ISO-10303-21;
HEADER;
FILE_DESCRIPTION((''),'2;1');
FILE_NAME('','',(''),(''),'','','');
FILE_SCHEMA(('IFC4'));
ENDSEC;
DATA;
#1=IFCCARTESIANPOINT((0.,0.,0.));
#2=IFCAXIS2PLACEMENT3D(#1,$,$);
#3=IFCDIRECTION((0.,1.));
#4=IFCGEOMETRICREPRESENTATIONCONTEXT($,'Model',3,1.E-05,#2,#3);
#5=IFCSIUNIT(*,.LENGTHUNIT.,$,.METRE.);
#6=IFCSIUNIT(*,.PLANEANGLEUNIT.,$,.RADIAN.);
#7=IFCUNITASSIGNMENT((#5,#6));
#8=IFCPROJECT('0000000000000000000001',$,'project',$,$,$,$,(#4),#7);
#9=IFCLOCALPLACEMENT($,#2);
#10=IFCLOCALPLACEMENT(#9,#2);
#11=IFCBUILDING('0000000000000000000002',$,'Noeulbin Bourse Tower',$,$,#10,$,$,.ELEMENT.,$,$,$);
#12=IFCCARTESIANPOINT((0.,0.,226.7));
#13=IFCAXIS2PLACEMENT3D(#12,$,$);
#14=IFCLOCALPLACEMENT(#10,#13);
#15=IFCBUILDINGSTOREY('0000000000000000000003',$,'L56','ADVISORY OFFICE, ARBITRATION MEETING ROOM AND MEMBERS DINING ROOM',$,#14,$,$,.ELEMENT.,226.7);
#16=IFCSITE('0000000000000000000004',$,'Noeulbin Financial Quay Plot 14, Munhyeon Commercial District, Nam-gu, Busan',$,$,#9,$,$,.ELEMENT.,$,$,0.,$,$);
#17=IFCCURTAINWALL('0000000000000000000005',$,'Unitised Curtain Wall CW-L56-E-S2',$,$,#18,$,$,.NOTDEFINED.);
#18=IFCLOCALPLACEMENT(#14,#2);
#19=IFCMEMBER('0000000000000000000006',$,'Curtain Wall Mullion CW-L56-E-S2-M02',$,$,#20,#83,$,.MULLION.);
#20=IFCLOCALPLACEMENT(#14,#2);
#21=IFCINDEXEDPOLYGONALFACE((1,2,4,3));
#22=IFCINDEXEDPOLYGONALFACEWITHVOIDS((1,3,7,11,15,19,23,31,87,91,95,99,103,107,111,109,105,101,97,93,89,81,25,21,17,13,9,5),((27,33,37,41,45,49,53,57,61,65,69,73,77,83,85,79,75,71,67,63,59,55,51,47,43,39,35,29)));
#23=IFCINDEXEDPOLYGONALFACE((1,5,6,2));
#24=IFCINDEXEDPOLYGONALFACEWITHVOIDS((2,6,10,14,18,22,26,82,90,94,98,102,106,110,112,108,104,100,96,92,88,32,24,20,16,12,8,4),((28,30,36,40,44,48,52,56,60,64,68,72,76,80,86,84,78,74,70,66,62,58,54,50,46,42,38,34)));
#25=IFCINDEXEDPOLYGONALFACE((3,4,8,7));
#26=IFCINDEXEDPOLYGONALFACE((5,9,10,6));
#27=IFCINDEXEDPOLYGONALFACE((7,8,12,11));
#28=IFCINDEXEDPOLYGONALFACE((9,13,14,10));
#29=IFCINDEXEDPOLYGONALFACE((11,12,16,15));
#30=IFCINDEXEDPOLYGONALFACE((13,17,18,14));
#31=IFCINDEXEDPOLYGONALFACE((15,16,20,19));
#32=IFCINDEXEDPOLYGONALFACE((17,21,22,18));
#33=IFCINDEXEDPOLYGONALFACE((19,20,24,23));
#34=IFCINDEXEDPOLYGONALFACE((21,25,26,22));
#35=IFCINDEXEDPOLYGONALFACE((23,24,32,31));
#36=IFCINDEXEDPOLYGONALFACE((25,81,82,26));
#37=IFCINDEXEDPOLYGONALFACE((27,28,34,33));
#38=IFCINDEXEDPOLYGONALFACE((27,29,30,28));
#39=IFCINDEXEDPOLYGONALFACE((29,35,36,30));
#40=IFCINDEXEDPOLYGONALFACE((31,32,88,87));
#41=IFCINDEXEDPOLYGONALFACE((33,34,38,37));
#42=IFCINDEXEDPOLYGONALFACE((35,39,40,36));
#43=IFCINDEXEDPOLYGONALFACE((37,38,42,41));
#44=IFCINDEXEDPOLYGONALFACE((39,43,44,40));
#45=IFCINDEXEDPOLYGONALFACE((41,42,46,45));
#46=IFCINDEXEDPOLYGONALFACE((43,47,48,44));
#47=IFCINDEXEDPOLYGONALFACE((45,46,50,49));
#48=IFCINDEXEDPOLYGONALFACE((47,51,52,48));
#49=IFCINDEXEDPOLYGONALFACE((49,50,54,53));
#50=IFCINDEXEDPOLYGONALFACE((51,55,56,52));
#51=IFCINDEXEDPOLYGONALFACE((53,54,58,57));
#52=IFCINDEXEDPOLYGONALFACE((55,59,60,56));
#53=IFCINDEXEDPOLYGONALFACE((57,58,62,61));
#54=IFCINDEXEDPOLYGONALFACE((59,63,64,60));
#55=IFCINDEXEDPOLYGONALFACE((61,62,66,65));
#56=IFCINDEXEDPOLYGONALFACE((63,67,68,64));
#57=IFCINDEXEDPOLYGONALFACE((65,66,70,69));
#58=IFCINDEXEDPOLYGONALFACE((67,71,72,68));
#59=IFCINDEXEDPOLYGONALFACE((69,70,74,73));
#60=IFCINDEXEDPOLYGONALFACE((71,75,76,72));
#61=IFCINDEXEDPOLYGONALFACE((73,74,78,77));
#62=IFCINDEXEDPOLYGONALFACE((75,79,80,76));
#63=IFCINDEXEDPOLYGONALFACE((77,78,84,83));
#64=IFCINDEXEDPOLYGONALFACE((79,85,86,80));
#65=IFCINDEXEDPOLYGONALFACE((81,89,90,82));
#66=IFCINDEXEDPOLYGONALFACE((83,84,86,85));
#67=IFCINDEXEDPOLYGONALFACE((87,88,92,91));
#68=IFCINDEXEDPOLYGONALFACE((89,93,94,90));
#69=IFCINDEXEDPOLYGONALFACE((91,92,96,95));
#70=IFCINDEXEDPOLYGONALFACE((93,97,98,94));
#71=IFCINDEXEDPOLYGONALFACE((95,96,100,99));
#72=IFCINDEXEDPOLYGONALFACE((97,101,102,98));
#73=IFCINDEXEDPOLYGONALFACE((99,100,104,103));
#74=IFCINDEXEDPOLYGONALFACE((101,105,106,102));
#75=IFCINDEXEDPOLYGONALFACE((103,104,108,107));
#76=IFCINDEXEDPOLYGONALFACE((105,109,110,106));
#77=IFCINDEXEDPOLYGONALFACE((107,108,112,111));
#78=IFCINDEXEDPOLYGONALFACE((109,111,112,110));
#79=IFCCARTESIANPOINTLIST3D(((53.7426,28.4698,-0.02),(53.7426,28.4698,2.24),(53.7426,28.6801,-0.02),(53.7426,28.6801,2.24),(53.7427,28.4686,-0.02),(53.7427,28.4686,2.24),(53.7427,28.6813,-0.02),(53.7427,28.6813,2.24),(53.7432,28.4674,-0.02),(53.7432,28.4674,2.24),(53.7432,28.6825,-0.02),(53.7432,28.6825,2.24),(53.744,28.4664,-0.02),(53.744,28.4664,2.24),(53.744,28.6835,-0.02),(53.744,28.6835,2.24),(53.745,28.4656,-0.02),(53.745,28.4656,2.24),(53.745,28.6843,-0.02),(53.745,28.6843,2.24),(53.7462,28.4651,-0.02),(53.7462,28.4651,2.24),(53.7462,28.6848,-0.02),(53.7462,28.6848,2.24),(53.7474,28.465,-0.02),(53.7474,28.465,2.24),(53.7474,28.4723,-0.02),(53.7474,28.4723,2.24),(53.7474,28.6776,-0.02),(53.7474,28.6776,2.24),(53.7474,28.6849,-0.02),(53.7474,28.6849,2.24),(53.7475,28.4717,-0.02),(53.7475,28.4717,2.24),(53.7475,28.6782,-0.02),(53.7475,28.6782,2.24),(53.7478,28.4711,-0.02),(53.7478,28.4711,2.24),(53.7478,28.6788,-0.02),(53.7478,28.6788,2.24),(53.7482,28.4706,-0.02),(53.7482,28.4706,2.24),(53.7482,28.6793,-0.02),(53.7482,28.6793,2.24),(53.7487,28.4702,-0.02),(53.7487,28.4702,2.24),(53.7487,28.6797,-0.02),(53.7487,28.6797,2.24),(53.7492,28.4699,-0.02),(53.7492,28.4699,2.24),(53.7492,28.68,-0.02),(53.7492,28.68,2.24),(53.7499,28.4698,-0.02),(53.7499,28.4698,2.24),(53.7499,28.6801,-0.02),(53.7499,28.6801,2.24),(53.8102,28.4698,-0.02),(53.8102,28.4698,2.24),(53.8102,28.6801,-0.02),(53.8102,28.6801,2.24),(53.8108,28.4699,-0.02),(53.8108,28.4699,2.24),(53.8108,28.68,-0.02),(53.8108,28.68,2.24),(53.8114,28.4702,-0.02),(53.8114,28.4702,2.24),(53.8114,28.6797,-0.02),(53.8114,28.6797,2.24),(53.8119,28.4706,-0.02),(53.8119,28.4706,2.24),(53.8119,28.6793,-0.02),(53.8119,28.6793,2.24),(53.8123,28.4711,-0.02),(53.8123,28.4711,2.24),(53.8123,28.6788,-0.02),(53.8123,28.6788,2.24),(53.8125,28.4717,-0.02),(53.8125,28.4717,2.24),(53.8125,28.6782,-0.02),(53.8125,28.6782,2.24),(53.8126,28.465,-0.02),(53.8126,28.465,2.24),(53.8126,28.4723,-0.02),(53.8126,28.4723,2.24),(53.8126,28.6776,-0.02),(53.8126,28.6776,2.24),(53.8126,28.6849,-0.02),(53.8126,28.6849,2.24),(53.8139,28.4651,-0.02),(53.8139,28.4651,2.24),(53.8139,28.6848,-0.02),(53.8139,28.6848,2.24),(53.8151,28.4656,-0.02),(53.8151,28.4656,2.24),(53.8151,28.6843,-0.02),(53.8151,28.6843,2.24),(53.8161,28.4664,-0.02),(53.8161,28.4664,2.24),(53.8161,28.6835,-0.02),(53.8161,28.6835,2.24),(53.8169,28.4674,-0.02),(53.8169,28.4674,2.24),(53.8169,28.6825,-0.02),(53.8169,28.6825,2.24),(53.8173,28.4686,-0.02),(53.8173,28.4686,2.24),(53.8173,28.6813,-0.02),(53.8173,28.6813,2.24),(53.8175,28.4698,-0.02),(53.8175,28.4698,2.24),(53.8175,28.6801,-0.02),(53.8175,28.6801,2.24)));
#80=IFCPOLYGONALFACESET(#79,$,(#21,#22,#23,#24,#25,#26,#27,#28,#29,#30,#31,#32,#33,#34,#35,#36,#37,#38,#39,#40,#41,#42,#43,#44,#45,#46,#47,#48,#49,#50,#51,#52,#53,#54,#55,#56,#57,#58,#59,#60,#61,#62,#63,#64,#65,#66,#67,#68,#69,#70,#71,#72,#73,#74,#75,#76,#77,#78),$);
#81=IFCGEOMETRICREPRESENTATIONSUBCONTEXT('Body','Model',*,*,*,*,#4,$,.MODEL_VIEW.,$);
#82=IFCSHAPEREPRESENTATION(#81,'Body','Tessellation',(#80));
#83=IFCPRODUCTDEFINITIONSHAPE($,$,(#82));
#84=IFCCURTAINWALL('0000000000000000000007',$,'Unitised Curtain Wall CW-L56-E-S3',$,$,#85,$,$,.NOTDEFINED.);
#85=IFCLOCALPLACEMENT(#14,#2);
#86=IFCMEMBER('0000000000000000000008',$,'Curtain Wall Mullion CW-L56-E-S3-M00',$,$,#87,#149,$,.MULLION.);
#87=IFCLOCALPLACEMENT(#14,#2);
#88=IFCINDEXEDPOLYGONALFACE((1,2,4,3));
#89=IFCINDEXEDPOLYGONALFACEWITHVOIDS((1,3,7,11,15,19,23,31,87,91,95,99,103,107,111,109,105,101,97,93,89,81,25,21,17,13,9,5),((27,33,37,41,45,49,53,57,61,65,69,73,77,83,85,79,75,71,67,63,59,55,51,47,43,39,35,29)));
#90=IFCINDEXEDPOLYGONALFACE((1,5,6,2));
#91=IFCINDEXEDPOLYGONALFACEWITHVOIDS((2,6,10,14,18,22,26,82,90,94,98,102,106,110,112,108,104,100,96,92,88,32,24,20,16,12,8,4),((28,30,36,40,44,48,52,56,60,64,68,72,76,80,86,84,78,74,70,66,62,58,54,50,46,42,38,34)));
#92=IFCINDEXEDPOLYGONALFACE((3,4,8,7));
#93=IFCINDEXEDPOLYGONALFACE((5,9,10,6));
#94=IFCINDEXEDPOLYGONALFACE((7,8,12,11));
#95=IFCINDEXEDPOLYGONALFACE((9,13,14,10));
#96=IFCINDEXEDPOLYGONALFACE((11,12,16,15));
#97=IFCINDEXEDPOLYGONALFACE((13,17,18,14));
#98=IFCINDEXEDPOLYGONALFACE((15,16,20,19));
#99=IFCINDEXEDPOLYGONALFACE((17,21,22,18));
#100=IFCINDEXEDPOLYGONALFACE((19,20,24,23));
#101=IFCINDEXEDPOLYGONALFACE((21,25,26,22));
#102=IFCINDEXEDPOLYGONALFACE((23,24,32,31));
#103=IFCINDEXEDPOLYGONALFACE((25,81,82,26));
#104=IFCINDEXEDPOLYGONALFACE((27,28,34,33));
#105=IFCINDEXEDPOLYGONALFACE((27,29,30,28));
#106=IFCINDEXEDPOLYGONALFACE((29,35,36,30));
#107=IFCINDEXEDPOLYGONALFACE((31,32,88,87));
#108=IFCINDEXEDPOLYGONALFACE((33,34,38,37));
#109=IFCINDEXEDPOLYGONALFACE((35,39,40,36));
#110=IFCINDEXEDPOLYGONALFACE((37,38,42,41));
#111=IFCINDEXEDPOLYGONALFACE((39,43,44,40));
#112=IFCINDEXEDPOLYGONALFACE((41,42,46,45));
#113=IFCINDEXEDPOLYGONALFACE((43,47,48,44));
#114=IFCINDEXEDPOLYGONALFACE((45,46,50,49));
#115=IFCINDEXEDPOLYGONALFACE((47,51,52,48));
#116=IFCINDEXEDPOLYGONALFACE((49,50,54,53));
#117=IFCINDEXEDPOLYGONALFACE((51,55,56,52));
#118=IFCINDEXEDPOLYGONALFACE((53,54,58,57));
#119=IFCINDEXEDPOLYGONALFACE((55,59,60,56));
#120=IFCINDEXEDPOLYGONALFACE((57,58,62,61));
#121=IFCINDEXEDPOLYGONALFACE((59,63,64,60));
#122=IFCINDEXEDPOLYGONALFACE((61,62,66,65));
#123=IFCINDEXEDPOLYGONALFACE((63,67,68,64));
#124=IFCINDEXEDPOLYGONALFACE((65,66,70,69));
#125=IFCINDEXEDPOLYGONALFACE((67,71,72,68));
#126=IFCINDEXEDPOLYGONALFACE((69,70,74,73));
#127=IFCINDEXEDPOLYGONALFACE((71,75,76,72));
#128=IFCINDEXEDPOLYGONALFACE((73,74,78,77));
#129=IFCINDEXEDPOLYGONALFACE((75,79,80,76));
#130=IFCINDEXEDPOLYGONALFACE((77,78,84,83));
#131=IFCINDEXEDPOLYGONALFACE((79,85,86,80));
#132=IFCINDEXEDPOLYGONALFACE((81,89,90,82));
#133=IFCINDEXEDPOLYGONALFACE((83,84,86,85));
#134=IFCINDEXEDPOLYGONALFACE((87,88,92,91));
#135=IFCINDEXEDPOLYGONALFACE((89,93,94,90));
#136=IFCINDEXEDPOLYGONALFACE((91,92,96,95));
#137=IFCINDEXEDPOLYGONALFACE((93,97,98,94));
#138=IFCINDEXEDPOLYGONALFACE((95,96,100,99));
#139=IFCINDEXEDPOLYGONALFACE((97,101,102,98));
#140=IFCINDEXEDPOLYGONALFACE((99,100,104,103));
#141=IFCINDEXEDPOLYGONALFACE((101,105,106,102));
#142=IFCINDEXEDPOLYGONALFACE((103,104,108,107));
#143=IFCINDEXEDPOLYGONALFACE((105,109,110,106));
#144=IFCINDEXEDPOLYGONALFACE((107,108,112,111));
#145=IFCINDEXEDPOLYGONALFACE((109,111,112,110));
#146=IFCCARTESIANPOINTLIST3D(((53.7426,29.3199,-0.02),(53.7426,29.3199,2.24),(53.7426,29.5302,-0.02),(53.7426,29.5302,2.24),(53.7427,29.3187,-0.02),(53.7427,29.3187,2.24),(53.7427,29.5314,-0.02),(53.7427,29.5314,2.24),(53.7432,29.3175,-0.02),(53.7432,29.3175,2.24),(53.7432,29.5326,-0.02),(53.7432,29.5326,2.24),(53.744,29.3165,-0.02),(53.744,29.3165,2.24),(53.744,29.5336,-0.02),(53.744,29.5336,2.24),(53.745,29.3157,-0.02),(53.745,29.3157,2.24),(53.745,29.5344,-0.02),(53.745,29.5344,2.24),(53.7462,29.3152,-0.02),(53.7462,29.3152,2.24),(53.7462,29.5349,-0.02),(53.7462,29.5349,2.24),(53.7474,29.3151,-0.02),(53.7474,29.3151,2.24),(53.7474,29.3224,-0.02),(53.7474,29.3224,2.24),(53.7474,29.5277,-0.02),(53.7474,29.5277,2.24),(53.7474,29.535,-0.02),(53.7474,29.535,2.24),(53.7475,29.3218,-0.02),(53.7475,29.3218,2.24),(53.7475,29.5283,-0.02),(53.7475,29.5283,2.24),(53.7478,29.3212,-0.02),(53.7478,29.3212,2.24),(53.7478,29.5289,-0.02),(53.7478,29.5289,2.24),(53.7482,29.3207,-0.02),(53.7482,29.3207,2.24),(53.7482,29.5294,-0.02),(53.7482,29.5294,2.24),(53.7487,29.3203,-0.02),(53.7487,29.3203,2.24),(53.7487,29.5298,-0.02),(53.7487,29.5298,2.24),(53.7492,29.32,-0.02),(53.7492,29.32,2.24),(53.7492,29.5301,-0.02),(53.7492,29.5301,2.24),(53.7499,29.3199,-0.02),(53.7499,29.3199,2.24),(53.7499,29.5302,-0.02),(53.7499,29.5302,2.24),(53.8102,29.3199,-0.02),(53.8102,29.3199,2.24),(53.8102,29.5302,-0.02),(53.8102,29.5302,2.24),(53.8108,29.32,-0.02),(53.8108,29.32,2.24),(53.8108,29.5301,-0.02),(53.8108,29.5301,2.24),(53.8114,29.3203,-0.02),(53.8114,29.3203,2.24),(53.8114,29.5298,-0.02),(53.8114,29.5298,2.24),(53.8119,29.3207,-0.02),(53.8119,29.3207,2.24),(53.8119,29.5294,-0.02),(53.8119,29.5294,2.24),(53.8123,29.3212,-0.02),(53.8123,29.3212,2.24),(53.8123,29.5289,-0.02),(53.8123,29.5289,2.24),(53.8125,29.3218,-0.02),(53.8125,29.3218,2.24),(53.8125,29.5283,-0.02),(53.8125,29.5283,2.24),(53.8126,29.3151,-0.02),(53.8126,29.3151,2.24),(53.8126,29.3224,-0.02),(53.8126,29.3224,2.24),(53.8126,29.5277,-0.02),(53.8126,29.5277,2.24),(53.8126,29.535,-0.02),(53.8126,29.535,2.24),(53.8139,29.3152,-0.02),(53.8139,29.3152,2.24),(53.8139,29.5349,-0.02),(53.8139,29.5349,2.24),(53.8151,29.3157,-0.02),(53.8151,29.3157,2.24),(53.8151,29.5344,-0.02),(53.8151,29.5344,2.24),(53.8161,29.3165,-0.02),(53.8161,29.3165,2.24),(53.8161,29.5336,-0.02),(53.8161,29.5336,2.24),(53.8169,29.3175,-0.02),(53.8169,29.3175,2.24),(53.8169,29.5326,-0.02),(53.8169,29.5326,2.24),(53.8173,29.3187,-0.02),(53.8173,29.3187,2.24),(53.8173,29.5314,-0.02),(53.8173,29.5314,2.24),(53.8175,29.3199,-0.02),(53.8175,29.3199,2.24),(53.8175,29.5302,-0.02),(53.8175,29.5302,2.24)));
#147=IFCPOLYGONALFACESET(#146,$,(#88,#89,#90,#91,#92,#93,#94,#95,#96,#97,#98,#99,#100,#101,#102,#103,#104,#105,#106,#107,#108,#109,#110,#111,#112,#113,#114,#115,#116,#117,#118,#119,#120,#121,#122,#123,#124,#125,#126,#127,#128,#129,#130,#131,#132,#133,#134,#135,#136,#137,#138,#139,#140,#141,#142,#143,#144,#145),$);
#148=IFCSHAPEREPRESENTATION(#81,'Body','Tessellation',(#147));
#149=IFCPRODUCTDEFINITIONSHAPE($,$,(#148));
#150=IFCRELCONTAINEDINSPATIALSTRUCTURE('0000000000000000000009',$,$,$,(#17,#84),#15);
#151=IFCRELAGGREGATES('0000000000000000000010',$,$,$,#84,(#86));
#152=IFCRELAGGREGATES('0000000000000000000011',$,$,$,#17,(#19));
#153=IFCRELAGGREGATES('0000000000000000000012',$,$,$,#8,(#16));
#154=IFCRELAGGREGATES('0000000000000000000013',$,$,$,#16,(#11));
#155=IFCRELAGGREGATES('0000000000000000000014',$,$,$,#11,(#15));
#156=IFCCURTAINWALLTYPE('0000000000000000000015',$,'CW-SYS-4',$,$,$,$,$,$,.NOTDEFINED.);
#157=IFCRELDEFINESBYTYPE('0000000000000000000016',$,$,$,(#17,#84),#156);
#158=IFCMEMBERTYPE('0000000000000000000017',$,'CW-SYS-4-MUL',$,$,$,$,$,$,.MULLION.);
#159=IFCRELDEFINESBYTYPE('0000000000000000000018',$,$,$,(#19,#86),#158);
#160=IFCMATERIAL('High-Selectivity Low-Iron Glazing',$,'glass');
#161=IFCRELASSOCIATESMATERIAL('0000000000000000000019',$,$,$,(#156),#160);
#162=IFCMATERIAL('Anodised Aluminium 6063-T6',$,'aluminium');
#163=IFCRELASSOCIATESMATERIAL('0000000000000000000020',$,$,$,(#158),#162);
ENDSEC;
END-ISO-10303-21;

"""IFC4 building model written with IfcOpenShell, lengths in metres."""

from ifc_helpers import new_model, si_unit, direction, frame, origin, origin_2d, place, context, subcontext, project, spatial, hollow_rectangle, extrude, material, material_profile, profile_set, type_object, element, aggregate, save


model = new_model("IFC4")

# Units and contexts
model_context = context("Model", 3, precision=1e-05, world=origin(), true_north=direction((0.0, 1.0)))
body_context = subcontext(model_context, "Body", "Model", "MODEL_VIEW")
ifc_project = project(units=[si_unit("LENGTHUNIT", "METRE"), si_unit("PLANEANGLEUNIT", "RADIAN")], contexts=[model_context])

# Site, building, storey
site_placement = place(None, origin())
site = spatial("IfcSite", under=ifc_project, at=site_placement, Name="Noeulbin Financial Quay Plot 14, Munhyeon Commercial District, Nam-gu, Busan", CompositionType="ELEMENT", RefElevation=0.0)
building_placement = place(site_placement, origin())
building = spatial("IfcBuilding", under=site, at=building_placement, Name="Noeulbin Bourse Tower", CompositionType="ELEMENT")
storey_placement = place(building_placement, frame((0.0, 0.0, 226.7)))
storey = spatial("IfcBuildingStorey", under=building, at=storey_placement, Name="L56", Description="ADVISORY OFFICE, ARBITRATION MEETING ROOM AND MEMBERS DINING ROOM", CompositionType="ELEMENT", Elevation=226.7)

# Curtain wall, member
ifc_material_1 = material(Name="High-Selectivity Low-Iron Glazing", Category="glass")
curtain_wall_type = type_object("IfcCurtainWallType", Name="CW-SYS-4", PredefinedType="NOTDEFINED", material=ifc_material_1)
curtain_wall_1_placement = place(storey_placement, origin())
curtain_wall_1 = element("IfcCurtainWall", 1, at=curtain_wall_1_placement, inside=storey, type_object=curtain_wall_type, Name="Unitised Curtain Wall CW-L56-E-S2", PredefinedType="NOTDEFINED")
ifc_material_2 = material(Name="Anodised Aluminium 6063-T6", Category="aluminium")
ifc_material_profile_1 = material_profile(ifc_material_2, hollow_rectangle(XDim=0.075, YDim=0.22, WallThickness=0.0049, InnerFilletRadius=0.0024, OuterFilletRadius=0.0049, at=origin_2d()), Name="ALU-MULL-75x220x5", Category="LoadBearing")
ifc_profile_set_1 = profile_set([ifc_material_profile_1], Name="Anodised Aluminium 6063-T6")
member_type_1 = type_object("IfcMemberType", Name="CW-SYS-4-MUL", PredefinedType="MULLION", material=ifc_profile_set_1)
member_1_placement = place(storey_placement, frame((53.78, 28.575, -0.02), z_axis=(0.0, 0.0, 1.0), x_axis=(1.0, 0.0, 0.0)))
member_1 = element("IfcMember", 2, at=member_1_placement, type_object=member_type_1, Name="Curtain Wall Mullion CW-L56-E-S2-M02", PredefinedType="MULLION", context=body_context, shape_type="SweptSolid", body=[
    extrude(hollow_rectangle(XDim=0.075, YDim=0.22, WallThickness=0.0049, InnerFilletRadius=0.0024, OuterFilletRadius=0.0049, at=origin_2d()), origin(), (0.0, 0.0, 1.0), 2.26),
])

# Curtain wall, member
curtain_wall_2_placement = place(storey_placement, origin())
curtain_wall_2 = element("IfcCurtainWall", 3, at=curtain_wall_2_placement, inside=storey, type_object=curtain_wall_type, Name="Unitised Curtain Wall CW-L56-E-S3", PredefinedType="NOTDEFINED")
member_2_placement = place(storey_placement, frame((53.78, 29.425, -0.02), z_axis=(0.0, 0.0, 1.0), x_axis=(1.0, 0.0, 0.0)))
member_2 = element("IfcMember", 4, at=member_2_placement, type_object=member_type_1, Name="Curtain Wall Mullion CW-L56-E-S3-M00", PredefinedType="MULLION", context=body_context, shape_type="SweptSolid", body=[
    extrude(hollow_rectangle(XDim=0.075, YDim=0.22, WallThickness=0.0049, InnerFilletRadius=0.0024, OuterFilletRadius=0.0049, at=origin_2d()), origin(), (0.0, 0.0, 1.0), 2.26),
])
aggregate(curtain_wall_2, [member_2])

aggregate(curtain_wall_1, [member_1])

save(model, "model.ifc")
